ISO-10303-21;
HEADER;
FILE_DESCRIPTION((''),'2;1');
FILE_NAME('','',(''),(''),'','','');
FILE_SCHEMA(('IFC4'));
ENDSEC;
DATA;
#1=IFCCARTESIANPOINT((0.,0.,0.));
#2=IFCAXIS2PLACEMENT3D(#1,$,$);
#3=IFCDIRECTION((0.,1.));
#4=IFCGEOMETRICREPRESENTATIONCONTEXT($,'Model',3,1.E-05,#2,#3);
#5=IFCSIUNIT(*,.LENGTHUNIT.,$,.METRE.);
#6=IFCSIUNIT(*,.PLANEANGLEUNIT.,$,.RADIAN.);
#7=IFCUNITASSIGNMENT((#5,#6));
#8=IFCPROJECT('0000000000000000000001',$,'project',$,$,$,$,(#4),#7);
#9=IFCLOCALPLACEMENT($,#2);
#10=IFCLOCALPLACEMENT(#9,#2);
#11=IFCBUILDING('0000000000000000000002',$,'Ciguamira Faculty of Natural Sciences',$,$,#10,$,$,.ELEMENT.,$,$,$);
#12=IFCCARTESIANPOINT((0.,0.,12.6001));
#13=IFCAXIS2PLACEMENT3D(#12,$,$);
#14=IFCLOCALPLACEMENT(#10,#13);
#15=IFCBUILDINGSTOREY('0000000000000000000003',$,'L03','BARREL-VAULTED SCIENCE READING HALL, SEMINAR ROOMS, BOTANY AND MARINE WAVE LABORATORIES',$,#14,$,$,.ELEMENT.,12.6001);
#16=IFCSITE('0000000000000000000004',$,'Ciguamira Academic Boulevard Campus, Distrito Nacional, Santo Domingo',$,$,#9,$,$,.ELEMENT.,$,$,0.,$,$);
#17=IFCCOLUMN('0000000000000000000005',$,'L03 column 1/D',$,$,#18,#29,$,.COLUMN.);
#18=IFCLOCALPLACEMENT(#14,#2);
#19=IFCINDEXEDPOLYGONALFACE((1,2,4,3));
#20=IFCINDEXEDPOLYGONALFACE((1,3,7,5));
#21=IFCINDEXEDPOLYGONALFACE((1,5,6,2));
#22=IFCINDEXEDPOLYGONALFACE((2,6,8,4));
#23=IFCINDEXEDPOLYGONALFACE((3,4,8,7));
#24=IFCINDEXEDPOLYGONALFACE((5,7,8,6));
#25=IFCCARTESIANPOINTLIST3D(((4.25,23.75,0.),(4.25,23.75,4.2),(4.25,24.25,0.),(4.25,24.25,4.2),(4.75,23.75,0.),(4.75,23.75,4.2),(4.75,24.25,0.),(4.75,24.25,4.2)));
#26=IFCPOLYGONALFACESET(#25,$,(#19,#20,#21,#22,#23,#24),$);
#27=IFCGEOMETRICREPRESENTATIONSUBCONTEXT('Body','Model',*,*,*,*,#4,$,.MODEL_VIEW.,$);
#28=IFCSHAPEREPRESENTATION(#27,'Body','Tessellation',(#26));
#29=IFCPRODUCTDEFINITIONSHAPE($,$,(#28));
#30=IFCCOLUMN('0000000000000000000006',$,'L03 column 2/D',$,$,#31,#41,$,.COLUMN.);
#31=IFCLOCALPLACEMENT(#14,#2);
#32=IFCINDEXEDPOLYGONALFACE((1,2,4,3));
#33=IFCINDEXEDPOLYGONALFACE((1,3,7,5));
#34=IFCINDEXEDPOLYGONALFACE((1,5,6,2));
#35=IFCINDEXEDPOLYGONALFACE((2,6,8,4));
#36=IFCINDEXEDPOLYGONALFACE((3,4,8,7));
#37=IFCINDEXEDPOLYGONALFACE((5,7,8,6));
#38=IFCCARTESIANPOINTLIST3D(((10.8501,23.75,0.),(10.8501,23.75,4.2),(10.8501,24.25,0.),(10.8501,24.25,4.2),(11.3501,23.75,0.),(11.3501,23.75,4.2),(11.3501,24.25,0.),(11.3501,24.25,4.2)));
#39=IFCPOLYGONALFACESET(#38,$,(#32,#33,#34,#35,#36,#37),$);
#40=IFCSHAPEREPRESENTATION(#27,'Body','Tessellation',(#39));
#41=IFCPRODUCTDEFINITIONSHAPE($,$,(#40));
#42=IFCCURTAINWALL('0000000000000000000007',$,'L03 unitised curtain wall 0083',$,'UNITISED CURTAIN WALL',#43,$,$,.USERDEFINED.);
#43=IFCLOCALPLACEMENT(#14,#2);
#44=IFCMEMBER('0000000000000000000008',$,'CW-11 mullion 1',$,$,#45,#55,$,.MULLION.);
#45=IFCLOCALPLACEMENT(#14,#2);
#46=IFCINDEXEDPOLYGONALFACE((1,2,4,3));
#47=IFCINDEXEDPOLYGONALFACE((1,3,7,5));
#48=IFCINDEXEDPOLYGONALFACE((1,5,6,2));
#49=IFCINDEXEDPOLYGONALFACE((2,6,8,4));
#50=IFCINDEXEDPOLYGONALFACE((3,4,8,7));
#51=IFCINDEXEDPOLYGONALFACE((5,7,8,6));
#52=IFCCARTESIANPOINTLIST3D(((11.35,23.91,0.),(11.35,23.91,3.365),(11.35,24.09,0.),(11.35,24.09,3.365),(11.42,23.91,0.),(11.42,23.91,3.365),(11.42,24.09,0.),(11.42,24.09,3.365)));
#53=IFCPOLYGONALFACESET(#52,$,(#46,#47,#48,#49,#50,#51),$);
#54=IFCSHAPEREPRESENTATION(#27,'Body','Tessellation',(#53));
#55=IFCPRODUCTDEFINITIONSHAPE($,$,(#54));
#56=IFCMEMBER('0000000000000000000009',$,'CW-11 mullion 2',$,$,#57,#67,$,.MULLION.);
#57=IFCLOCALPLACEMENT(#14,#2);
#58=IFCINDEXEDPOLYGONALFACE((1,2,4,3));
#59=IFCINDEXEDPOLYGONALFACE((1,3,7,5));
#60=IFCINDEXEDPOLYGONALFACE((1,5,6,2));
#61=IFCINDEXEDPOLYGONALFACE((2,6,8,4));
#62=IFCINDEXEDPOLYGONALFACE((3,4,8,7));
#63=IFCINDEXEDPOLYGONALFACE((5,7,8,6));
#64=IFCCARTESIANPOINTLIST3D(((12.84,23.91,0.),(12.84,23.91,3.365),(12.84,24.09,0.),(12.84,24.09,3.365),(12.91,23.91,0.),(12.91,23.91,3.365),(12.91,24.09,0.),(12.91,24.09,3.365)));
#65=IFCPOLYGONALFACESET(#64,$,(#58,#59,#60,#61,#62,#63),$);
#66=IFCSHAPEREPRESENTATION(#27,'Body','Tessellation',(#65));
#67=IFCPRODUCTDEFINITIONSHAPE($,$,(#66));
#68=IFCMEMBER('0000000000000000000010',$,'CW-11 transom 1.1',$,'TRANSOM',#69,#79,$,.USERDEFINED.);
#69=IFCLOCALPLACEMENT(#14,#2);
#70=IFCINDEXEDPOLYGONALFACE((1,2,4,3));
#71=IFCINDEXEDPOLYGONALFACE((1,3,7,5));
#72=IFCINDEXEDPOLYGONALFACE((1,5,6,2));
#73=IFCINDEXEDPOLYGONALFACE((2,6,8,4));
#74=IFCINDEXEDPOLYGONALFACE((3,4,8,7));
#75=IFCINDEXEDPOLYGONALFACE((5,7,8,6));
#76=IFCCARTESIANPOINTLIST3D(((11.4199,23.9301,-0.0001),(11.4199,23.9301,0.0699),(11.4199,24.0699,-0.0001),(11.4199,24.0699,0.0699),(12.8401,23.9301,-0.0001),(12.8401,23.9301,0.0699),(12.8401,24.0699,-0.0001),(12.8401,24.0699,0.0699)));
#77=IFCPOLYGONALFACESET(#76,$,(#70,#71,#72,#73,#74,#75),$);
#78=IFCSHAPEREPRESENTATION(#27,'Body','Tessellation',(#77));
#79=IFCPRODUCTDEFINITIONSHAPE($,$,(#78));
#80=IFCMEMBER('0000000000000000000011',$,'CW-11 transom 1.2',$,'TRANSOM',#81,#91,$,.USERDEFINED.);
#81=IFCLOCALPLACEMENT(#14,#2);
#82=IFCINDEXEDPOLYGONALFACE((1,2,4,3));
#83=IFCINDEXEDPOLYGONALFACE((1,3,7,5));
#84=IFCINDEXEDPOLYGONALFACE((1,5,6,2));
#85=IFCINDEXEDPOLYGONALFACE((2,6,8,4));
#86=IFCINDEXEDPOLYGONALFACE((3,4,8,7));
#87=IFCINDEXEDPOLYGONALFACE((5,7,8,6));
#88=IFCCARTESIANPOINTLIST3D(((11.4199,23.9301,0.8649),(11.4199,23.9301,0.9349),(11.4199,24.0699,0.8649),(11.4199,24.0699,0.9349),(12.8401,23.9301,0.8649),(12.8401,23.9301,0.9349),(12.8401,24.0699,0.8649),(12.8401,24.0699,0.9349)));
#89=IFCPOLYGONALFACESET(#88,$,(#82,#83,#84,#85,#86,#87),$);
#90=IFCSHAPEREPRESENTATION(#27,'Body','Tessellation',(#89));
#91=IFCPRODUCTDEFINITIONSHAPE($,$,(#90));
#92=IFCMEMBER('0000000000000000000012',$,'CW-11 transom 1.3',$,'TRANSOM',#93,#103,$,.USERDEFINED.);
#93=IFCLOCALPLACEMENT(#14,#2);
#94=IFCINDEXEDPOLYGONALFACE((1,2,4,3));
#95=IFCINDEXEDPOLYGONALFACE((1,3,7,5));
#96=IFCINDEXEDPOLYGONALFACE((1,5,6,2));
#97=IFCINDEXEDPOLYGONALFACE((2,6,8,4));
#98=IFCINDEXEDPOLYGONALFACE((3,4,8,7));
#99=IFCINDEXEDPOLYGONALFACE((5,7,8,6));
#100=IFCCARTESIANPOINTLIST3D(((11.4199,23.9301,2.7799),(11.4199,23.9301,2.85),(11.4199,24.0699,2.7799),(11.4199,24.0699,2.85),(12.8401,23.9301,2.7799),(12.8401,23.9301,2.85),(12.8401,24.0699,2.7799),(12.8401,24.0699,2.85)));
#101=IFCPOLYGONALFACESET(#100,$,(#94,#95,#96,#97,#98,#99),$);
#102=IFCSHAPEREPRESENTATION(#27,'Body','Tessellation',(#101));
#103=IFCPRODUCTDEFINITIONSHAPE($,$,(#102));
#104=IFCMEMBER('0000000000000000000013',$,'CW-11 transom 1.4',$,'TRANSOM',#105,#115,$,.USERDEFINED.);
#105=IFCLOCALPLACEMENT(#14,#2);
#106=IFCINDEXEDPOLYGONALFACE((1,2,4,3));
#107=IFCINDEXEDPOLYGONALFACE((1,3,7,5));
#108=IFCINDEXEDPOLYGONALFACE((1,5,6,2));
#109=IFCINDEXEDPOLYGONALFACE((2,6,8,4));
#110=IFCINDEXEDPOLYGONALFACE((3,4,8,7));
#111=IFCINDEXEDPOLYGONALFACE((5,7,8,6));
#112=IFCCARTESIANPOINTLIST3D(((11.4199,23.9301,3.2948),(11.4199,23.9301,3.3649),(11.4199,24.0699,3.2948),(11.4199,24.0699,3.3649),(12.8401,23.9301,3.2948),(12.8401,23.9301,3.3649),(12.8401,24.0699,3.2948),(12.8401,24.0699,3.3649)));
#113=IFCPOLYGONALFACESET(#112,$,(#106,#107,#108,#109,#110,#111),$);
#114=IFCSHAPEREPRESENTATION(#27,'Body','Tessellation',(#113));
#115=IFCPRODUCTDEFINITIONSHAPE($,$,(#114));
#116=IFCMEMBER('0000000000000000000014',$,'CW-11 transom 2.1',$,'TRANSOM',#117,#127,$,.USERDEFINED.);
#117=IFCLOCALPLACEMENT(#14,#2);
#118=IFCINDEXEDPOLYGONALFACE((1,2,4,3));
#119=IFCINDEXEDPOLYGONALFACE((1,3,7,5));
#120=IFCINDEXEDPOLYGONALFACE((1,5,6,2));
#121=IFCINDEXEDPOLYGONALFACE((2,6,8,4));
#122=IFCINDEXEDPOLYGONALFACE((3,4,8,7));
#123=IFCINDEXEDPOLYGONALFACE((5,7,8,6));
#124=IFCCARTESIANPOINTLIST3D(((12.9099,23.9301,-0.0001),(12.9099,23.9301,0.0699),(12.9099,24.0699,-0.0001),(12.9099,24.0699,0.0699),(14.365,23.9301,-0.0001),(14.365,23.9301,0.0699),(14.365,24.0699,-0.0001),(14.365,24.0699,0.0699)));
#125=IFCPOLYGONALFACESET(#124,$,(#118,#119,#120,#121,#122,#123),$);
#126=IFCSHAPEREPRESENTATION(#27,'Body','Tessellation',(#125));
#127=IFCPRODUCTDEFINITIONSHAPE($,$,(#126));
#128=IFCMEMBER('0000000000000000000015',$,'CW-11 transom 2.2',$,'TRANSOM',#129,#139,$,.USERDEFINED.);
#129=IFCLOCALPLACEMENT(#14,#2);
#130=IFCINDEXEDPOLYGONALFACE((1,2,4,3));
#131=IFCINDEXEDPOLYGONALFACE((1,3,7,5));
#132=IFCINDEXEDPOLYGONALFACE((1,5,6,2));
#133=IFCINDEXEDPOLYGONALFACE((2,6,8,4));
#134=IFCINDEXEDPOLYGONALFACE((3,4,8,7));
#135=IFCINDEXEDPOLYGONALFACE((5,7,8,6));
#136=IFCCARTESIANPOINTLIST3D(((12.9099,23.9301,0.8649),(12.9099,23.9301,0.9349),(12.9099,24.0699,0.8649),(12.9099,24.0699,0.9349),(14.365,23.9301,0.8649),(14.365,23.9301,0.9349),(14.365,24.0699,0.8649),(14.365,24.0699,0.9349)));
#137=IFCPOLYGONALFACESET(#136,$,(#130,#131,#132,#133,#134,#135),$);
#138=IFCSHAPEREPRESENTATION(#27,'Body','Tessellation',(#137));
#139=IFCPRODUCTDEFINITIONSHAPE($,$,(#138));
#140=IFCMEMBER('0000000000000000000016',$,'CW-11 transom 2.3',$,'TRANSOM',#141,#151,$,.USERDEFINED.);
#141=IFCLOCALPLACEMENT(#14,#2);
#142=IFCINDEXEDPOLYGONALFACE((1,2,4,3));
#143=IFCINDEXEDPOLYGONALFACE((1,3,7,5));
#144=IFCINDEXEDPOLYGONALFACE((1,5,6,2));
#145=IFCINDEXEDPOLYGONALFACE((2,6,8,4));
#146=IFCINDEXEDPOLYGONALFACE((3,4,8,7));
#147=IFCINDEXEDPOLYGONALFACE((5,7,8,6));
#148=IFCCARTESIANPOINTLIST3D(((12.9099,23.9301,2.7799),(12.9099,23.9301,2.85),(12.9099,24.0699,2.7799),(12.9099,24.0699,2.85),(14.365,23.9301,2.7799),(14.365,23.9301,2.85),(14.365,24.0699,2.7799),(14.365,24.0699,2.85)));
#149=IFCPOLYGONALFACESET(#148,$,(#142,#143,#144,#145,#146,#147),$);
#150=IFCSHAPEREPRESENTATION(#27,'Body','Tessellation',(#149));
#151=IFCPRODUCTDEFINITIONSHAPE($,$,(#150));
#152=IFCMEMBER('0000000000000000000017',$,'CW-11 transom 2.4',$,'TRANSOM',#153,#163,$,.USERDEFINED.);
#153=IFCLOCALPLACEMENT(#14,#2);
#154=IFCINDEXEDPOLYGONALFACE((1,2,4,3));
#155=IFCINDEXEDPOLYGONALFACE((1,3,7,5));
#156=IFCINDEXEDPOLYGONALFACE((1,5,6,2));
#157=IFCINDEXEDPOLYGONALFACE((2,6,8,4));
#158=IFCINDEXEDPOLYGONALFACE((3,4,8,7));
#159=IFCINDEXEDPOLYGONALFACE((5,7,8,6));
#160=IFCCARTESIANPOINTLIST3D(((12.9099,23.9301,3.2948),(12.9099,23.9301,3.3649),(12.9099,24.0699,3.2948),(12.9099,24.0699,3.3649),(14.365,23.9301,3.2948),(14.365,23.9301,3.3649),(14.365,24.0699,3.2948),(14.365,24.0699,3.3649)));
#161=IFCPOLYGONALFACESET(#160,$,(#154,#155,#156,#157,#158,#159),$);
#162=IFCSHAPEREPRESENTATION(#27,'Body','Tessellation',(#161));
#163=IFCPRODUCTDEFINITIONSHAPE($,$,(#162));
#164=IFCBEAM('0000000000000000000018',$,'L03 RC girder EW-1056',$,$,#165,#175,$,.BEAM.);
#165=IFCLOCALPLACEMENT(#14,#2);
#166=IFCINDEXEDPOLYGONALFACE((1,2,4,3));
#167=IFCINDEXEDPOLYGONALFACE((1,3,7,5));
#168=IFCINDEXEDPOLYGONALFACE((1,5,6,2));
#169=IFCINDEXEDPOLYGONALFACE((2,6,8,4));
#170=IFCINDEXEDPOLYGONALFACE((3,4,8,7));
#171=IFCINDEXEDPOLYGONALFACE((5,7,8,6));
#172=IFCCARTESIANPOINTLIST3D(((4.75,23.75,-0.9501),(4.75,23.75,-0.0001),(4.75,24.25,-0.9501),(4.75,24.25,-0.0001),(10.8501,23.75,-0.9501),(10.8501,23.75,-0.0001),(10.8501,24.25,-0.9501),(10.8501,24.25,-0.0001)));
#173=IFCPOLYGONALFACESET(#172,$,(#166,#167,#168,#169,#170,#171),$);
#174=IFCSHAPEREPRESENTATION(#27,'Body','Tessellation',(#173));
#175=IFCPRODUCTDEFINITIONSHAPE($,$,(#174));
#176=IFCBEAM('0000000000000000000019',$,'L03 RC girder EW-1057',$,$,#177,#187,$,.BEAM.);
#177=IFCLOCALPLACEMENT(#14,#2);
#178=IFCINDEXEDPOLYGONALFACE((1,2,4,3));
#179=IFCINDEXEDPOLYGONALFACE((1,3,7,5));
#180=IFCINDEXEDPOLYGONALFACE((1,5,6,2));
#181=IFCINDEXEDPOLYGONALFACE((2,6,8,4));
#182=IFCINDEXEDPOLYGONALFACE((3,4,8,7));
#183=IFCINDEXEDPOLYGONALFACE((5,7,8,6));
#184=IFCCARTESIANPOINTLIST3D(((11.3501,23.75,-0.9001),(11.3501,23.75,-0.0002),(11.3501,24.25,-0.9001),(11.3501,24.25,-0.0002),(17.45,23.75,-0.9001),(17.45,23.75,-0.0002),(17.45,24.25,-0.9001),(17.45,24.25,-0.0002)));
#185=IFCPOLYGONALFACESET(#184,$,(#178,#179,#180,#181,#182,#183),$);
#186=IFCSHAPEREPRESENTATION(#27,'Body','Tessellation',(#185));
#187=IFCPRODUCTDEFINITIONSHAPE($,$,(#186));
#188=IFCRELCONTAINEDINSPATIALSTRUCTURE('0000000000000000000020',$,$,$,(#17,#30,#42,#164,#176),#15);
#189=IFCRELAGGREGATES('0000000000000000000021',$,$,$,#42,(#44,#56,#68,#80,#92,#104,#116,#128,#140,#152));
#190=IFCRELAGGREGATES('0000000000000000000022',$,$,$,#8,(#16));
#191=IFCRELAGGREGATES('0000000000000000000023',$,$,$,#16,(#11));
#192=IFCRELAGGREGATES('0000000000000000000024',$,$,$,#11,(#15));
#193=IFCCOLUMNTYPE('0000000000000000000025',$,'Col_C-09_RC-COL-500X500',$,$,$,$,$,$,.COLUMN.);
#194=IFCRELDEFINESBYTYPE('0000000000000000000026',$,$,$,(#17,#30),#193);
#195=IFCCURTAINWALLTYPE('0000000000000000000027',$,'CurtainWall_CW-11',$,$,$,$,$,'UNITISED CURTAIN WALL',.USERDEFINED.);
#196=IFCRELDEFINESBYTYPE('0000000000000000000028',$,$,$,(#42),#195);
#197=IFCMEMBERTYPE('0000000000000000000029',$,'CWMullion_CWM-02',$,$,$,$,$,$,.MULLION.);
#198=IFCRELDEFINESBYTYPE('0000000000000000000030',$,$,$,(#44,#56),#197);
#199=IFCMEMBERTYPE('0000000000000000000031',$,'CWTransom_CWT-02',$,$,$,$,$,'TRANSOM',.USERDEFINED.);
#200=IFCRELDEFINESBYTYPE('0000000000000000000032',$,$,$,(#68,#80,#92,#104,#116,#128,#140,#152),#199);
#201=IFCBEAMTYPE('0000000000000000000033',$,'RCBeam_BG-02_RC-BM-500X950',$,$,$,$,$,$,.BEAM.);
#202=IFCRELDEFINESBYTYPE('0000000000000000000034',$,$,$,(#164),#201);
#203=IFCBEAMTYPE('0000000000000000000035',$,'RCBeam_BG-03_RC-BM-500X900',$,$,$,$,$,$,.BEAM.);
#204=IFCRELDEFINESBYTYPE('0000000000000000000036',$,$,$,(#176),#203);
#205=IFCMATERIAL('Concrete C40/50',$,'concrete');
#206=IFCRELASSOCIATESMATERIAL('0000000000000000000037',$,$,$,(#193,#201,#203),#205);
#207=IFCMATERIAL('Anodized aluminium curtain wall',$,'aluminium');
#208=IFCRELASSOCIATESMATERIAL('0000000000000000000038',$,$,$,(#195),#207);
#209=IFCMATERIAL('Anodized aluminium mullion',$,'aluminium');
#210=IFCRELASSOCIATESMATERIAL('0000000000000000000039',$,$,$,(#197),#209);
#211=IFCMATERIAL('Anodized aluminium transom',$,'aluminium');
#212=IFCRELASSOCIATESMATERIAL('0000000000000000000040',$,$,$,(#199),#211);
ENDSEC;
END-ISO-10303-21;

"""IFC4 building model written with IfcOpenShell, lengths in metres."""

from ifc_helpers import new_model, si_unit, direction, frame, origin, origin_2d, place, context, subcontext, project, spatial, rectangle, extrude, material, material_profile, profile_set, type_object, element, aggregate, save


model = new_model("IFC4")

# Units and contexts
model_context = context("Model", 3, precision=1e-05, world=origin(), true_north=direction((0.0, 1.0)))
body_context = subcontext(model_context, "Body", "Model", "MODEL_VIEW")
ifc_project = project(units=[si_unit("LENGTHUNIT", "METRE"), si_unit("PLANEANGLEUNIT", "RADIAN")], contexts=[model_context])

# Site, building, storey
site_placement = place(None, origin())
site = spatial("IfcSite", under=ifc_project, at=site_placement, Name="Ciguamira Academic Boulevard Campus, Distrito Nacional, Santo Domingo", CompositionType="ELEMENT", RefElevation=0.0)
building_placement = place(site_placement, origin())
building = spatial("IfcBuilding", under=site, at=building_placement, Name="Ciguamira Faculty of Natural Sciences", CompositionType="ELEMENT")
storey_placement = place(building_placement, frame((0.0, 0.0, 12.6001)))
storey = spatial("IfcBuildingStorey", under=building, at=storey_placement, Name="L03", Description="BARREL-VAULTED SCIENCE READING HALL, SEMINAR ROOMS, BOTANY AND MARINE WAVE LABORATORIES", CompositionType="ELEMENT", Elevation=12.6001)

# Columns
ifc_material_1 = material(Name="Concrete C40/50", Category="concrete")
ifc_material_profile_1 = material_profile(ifc_material_1, rectangle(XDim=0.5, YDim=0.5, at=origin_2d()), Name="RC-COL-500X500")
ifc_profile_set_1 = profile_set([ifc_material_profile_1], Name="Concrete C40/50")
column_type = type_object("IfcColumnType", Name="Col_C-09_RC-COL-500X500", PredefinedType="COLUMN", material=ifc_profile_set_1)
for number, where, z_axis, x_axis, name in (
    (1, (4.5, 24.0, 0.0), (0.0, 0.0, 1.0), (1.0, 0.0, 0.0), "L03 column 1/D"),
    (2, (11.1001, 24.0, 0.0), (0.0, 0.0, 1.0), (1.0, 0.0, 0.0), "L03 column 2/D"),
):
    element("IfcColumn", number, at=place(storey_placement, frame(where, z_axis=z_axis, x_axis=x_axis)), inside=storey, type_object=column_type, Name=name, PredefinedType="COLUMN", context=body_context, shape_type="SweptSolid", body=[
        extrude(rectangle(XDim=0.5, YDim=0.5, at=origin_2d()), origin(), (0.0, 0.0, 1.0), 4.2),
    ])

# Curtain wall, members
ifc_material_2 = material(Name="Anodized aluminium curtain wall", Category="aluminium")
curtain_wall_type = type_object("IfcCurtainWallType", Name="CurtainWall_CW-11", ElementType="UNITISED CURTAIN WALL", PredefinedType="USERDEFINED", material=ifc_material_2)
curtain_wall_placement = place(storey_placement, origin())
curtain_wall = element("IfcCurtainWall", 3, at=curtain_wall_placement, inside=storey, type_object=curtain_wall_type, Name="L03 unitised curtain wall 0083", ObjectType="UNITISED CURTAIN WALL", PredefinedType="USERDEFINED")
ifc_material_3 = material(Name="Anodized aluminium mullion", Category="aluminium")
ifc_material_profile_2 = material_profile(ifc_material_3, rectangle(XDim=0.0701, YDim=0.1799, at=origin_2d()), Name="ALU-MUL-70X180")
ifc_profile_set_2 = profile_set([ifc_material_profile_2], Name="Anodized aluminium mullion")
member_type_1 = type_object("IfcMemberType", Name="CWMullion_CWM-02", PredefinedType="MULLION", material=ifc_profile_set_2)
member_1_placement = place(storey_placement, frame((11.385, 24.0, 0.0), z_axis=(0.0, 0.0, 1.0), x_axis=(1.0, 0.0, 0.0)))
member_1 = element("IfcMember", 4, at=member_1_placement, type_object=member_type_1, Name="CW-11 mullion 1", PredefinedType="MULLION", context=body_context, shape_type="SweptSolid", body=[
    extrude(rectangle(XDim=0.0701, YDim=0.1799, at=origin_2d()), origin(), (0.0, 0.0, 1.0), 3.365),
])
member_2_placement = place(storey_placement, frame((12.875, 24.0, 0.0), z_axis=(0.0, 0.0, 1.0), x_axis=(1.0, 0.0, 0.0)))
member_2 = element("IfcMember", 5, at=member_2_placement, type_object=member_type_1, Name="CW-11 mullion 2", PredefinedType="MULLION", context=body_context, shape_type="SweptSolid", body=[
    extrude(rectangle(XDim=0.0701, YDim=0.1799, at=origin_2d()), origin(), (0.0, 0.0, 1.0), 3.365),
])
ifc_material_4 = material(Name="Anodized aluminium transom", Category="aluminium")
ifc_material_profile_3 = material_profile(ifc_material_4, rectangle(XDim=0.0701, YDim=0.1399, at=origin_2d()), Name="ALU-TRN-70X140")
ifc_profile_set_3 = profile_set([ifc_material_profile_3], Name="Anodized aluminium transom")
member_type_2 = type_object("IfcMemberType", Name="CWTransom_CWT-02", ElementType="TRANSOM", PredefinedType="USERDEFINED", material=ifc_profile_set_3)
member_3_placement = place(storey_placement, frame((11.4199, 24.0, 0.0349), z_axis=(1.0, 0.0, 0.0), x_axis=(0.0, 0.0, 1.0)))
member_3 = element("IfcMember", 6, at=member_3_placement, type_object=member_type_2, Name="CW-11 transom 1.1", ObjectType="TRANSOM", PredefinedType="USERDEFINED", context=body_context, shape_type="SweptSolid", body=[
    extrude(rectangle(XDim=0.0701, YDim=0.1399, at=origin_2d()), origin(), (0.0, 0.0, 1.0), 1.4202),
])
member_4_placement = place(storey_placement, frame((11.4199, 24.0, 0.8999), z_axis=(1.0, 0.0, 0.0), x_axis=(0.0, 0.0, 1.0)))
member_4 = element("IfcMember", 7, at=member_4_placement, type_object=member_type_2, Name="CW-11 transom 1.2", ObjectType="TRANSOM", PredefinedType="USERDEFINED", context=body_context, shape_type="SweptSolid", body=[
    extrude(rectangle(XDim=0.0701, YDim=0.1399, at=origin_2d()), origin(), (0.0, 0.0, 1.0), 1.4202),
])
member_5_placement = place(storey_placement, frame((11.4199, 24.0, 2.8149), z_axis=(1.0, 0.0, 0.0), x_axis=(0.0, 0.0, 1.0)))
member_5 = element("IfcMember", 8, at=member_5_placement, type_object=member_type_2, Name="CW-11 transom 1.3", ObjectType="TRANSOM", PredefinedType="USERDEFINED", context=body_context, shape_type="SweptSolid", body=[
    extrude(rectangle(XDim=0.0701, YDim=0.1399, at=origin_2d()), origin(), (0.0, 0.0, 1.0), 1.4202),
])
member_6_placement = place(storey_placement, frame((11.4199, 24.0, 3.3298), z_axis=(1.0, 0.0, 0.0), x_axis=(0.0, 0.0, 1.0)))
member_6 = element("IfcMember", 9, at=member_6_placement, type_object=member_type_2, Name="CW-11 transom 1.4", ObjectType="TRANSOM", PredefinedType="USERDEFINED", context=body_context, shape_type="SweptSolid", body=[
    extrude(rectangle(XDim=0.0701, YDim=0.1399, at=origin_2d()), origin(), (0.0, 0.0, 1.0), 1.4202),
])
member_7_placement = place(storey_placement, frame((12.9099, 24.0, 0.0349), z_axis=(1.0, 0.0, 0.0), x_axis=(0.0, 0.0, 1.0)))
member_7 = element("IfcMember", 10, at=member_7_placement, type_object=member_type_2, Name="CW-11 transom 2.1", ObjectType="TRANSOM", PredefinedType="USERDEFINED", context=body_context, shape_type="SweptSolid", body=[
    extrude(rectangle(XDim=0.0701, YDim=0.1399, at=origin_2d()), origin(), (0.0, 0.0, 1.0), 1.4551),
])
member_8_placement = place(storey_placement, frame((12.9099, 24.0, 0.8999), z_axis=(1.0, 0.0, 0.0), x_axis=(0.0, 0.0, 1.0)))
member_8 = element("IfcMember", 11, at=member_8_placement, type_object=member_type_2, Name="CW-11 transom 2.2", ObjectType="TRANSOM", PredefinedType="USERDEFINED", context=body_context, shape_type="SweptSolid", body=[
    extrude(rectangle(XDim=0.0701, YDim=0.1399, at=origin_2d()), origin(), (0.0, 0.0, 1.0), 1.4551),
])
member_9_placement = place(storey_placement, frame((12.9099, 24.0, 2.8149), z_axis=(1.0, 0.0, 0.0), x_axis=(0.0, 0.0, 1.0)))
member_9 = element("IfcMember", 12, at=member_9_placement, type_object=member_type_2, Name="CW-11 transom 2.3", ObjectType="TRANSOM", PredefinedType="USERDEFINED", context=body_context, shape_type="SweptSolid", body=[
    extrude(rectangle(XDim=0.0701, YDim=0.1399, at=origin_2d()), origin(), (0.0, 0.0, 1.0), 1.4551),
])
member_10_placement = place(storey_placement, frame((12.9099, 24.0, 3.3298), z_axis=(1.0, 0.0, 0.0), x_axis=(0.0, 0.0, 1.0)))
member_10 = element("IfcMember", 13, at=member_10_placement, type_object=member_type_2, Name="CW-11 transom 2.4", ObjectType="TRANSOM", PredefinedType="USERDEFINED", context=body_context, shape_type="SweptSolid", body=[
    extrude(rectangle(XDim=0.0701, YDim=0.1399, at=origin_2d()), origin(), (0.0, 0.0, 1.0), 1.4551),
])

# Beams
ifc_material_profile_4 = material_profile(ifc_material_1, rectangle(XDim=0.5, YDim=0.95, at=origin_2d()), Name="RC-BM-500X950")
ifc_profile_set_4 = profile_set([ifc_material_profile_4], Name="Concrete C40/50")
beam_type_1 = type_object("IfcBeamType", Name="RCBeam_BG-02_RC-BM-500X950", PredefinedType="BEAM", material=ifc_profile_set_4)
beam_1_placement = place(storey_placement, frame((4.75, 24.0, -0.4751), z_axis=(1.0, 0.0, 0.0), x_axis=(0.0, 1.0, 0.0)))
element("IfcBeam", 14, at=beam_1_placement, inside=storey, type_object=beam_type_1, Name="L03 RC girder EW-1056", PredefinedType="BEAM", context=body_context, shape_type="SweptSolid", body=[
    extrude(rectangle(XDim=0.5, YDim=0.95, at=origin_2d()), origin(), (0.0, 0.0, 1.0), 6.1001),
])
ifc_material_profile_5 = material_profile(ifc_material_1, rectangle(XDim=0.5, YDim=0.8999, at=origin_2d()), Name="RC-BM-500X900")
ifc_profile_set_5 = profile_set([ifc_material_profile_5], Name="Concrete C40/50")
beam_type_2 = type_object("IfcBeamType", Name="RCBeam_BG-03_RC-BM-500X900", PredefinedType="BEAM", material=ifc_profile_set_5)
beam_2_placement = place(storey_placement, frame((11.3501, 24.0, -0.4502), z_axis=(1.0, 0.0, 0.0), x_axis=(0.0, 1.0, 0.0)))
element("IfcBeam", 15, at=beam_2_placement, inside=storey, type_object=beam_type_2, Name="L03 RC girder EW-1057", PredefinedType="BEAM", context=body_context, shape_type="SweptSolid", body=[
    extrude(rectangle(XDim=0.5, YDim=0.8999, at=origin_2d()), origin(), (0.0, 0.0, 1.0), 6.0999),
])

aggregate(curtain_wall, [member_1, member_2, member_3, member_4, member_5, member_6, member_7, member_8, member_9, member_10])

save(model, "model.ifc")
